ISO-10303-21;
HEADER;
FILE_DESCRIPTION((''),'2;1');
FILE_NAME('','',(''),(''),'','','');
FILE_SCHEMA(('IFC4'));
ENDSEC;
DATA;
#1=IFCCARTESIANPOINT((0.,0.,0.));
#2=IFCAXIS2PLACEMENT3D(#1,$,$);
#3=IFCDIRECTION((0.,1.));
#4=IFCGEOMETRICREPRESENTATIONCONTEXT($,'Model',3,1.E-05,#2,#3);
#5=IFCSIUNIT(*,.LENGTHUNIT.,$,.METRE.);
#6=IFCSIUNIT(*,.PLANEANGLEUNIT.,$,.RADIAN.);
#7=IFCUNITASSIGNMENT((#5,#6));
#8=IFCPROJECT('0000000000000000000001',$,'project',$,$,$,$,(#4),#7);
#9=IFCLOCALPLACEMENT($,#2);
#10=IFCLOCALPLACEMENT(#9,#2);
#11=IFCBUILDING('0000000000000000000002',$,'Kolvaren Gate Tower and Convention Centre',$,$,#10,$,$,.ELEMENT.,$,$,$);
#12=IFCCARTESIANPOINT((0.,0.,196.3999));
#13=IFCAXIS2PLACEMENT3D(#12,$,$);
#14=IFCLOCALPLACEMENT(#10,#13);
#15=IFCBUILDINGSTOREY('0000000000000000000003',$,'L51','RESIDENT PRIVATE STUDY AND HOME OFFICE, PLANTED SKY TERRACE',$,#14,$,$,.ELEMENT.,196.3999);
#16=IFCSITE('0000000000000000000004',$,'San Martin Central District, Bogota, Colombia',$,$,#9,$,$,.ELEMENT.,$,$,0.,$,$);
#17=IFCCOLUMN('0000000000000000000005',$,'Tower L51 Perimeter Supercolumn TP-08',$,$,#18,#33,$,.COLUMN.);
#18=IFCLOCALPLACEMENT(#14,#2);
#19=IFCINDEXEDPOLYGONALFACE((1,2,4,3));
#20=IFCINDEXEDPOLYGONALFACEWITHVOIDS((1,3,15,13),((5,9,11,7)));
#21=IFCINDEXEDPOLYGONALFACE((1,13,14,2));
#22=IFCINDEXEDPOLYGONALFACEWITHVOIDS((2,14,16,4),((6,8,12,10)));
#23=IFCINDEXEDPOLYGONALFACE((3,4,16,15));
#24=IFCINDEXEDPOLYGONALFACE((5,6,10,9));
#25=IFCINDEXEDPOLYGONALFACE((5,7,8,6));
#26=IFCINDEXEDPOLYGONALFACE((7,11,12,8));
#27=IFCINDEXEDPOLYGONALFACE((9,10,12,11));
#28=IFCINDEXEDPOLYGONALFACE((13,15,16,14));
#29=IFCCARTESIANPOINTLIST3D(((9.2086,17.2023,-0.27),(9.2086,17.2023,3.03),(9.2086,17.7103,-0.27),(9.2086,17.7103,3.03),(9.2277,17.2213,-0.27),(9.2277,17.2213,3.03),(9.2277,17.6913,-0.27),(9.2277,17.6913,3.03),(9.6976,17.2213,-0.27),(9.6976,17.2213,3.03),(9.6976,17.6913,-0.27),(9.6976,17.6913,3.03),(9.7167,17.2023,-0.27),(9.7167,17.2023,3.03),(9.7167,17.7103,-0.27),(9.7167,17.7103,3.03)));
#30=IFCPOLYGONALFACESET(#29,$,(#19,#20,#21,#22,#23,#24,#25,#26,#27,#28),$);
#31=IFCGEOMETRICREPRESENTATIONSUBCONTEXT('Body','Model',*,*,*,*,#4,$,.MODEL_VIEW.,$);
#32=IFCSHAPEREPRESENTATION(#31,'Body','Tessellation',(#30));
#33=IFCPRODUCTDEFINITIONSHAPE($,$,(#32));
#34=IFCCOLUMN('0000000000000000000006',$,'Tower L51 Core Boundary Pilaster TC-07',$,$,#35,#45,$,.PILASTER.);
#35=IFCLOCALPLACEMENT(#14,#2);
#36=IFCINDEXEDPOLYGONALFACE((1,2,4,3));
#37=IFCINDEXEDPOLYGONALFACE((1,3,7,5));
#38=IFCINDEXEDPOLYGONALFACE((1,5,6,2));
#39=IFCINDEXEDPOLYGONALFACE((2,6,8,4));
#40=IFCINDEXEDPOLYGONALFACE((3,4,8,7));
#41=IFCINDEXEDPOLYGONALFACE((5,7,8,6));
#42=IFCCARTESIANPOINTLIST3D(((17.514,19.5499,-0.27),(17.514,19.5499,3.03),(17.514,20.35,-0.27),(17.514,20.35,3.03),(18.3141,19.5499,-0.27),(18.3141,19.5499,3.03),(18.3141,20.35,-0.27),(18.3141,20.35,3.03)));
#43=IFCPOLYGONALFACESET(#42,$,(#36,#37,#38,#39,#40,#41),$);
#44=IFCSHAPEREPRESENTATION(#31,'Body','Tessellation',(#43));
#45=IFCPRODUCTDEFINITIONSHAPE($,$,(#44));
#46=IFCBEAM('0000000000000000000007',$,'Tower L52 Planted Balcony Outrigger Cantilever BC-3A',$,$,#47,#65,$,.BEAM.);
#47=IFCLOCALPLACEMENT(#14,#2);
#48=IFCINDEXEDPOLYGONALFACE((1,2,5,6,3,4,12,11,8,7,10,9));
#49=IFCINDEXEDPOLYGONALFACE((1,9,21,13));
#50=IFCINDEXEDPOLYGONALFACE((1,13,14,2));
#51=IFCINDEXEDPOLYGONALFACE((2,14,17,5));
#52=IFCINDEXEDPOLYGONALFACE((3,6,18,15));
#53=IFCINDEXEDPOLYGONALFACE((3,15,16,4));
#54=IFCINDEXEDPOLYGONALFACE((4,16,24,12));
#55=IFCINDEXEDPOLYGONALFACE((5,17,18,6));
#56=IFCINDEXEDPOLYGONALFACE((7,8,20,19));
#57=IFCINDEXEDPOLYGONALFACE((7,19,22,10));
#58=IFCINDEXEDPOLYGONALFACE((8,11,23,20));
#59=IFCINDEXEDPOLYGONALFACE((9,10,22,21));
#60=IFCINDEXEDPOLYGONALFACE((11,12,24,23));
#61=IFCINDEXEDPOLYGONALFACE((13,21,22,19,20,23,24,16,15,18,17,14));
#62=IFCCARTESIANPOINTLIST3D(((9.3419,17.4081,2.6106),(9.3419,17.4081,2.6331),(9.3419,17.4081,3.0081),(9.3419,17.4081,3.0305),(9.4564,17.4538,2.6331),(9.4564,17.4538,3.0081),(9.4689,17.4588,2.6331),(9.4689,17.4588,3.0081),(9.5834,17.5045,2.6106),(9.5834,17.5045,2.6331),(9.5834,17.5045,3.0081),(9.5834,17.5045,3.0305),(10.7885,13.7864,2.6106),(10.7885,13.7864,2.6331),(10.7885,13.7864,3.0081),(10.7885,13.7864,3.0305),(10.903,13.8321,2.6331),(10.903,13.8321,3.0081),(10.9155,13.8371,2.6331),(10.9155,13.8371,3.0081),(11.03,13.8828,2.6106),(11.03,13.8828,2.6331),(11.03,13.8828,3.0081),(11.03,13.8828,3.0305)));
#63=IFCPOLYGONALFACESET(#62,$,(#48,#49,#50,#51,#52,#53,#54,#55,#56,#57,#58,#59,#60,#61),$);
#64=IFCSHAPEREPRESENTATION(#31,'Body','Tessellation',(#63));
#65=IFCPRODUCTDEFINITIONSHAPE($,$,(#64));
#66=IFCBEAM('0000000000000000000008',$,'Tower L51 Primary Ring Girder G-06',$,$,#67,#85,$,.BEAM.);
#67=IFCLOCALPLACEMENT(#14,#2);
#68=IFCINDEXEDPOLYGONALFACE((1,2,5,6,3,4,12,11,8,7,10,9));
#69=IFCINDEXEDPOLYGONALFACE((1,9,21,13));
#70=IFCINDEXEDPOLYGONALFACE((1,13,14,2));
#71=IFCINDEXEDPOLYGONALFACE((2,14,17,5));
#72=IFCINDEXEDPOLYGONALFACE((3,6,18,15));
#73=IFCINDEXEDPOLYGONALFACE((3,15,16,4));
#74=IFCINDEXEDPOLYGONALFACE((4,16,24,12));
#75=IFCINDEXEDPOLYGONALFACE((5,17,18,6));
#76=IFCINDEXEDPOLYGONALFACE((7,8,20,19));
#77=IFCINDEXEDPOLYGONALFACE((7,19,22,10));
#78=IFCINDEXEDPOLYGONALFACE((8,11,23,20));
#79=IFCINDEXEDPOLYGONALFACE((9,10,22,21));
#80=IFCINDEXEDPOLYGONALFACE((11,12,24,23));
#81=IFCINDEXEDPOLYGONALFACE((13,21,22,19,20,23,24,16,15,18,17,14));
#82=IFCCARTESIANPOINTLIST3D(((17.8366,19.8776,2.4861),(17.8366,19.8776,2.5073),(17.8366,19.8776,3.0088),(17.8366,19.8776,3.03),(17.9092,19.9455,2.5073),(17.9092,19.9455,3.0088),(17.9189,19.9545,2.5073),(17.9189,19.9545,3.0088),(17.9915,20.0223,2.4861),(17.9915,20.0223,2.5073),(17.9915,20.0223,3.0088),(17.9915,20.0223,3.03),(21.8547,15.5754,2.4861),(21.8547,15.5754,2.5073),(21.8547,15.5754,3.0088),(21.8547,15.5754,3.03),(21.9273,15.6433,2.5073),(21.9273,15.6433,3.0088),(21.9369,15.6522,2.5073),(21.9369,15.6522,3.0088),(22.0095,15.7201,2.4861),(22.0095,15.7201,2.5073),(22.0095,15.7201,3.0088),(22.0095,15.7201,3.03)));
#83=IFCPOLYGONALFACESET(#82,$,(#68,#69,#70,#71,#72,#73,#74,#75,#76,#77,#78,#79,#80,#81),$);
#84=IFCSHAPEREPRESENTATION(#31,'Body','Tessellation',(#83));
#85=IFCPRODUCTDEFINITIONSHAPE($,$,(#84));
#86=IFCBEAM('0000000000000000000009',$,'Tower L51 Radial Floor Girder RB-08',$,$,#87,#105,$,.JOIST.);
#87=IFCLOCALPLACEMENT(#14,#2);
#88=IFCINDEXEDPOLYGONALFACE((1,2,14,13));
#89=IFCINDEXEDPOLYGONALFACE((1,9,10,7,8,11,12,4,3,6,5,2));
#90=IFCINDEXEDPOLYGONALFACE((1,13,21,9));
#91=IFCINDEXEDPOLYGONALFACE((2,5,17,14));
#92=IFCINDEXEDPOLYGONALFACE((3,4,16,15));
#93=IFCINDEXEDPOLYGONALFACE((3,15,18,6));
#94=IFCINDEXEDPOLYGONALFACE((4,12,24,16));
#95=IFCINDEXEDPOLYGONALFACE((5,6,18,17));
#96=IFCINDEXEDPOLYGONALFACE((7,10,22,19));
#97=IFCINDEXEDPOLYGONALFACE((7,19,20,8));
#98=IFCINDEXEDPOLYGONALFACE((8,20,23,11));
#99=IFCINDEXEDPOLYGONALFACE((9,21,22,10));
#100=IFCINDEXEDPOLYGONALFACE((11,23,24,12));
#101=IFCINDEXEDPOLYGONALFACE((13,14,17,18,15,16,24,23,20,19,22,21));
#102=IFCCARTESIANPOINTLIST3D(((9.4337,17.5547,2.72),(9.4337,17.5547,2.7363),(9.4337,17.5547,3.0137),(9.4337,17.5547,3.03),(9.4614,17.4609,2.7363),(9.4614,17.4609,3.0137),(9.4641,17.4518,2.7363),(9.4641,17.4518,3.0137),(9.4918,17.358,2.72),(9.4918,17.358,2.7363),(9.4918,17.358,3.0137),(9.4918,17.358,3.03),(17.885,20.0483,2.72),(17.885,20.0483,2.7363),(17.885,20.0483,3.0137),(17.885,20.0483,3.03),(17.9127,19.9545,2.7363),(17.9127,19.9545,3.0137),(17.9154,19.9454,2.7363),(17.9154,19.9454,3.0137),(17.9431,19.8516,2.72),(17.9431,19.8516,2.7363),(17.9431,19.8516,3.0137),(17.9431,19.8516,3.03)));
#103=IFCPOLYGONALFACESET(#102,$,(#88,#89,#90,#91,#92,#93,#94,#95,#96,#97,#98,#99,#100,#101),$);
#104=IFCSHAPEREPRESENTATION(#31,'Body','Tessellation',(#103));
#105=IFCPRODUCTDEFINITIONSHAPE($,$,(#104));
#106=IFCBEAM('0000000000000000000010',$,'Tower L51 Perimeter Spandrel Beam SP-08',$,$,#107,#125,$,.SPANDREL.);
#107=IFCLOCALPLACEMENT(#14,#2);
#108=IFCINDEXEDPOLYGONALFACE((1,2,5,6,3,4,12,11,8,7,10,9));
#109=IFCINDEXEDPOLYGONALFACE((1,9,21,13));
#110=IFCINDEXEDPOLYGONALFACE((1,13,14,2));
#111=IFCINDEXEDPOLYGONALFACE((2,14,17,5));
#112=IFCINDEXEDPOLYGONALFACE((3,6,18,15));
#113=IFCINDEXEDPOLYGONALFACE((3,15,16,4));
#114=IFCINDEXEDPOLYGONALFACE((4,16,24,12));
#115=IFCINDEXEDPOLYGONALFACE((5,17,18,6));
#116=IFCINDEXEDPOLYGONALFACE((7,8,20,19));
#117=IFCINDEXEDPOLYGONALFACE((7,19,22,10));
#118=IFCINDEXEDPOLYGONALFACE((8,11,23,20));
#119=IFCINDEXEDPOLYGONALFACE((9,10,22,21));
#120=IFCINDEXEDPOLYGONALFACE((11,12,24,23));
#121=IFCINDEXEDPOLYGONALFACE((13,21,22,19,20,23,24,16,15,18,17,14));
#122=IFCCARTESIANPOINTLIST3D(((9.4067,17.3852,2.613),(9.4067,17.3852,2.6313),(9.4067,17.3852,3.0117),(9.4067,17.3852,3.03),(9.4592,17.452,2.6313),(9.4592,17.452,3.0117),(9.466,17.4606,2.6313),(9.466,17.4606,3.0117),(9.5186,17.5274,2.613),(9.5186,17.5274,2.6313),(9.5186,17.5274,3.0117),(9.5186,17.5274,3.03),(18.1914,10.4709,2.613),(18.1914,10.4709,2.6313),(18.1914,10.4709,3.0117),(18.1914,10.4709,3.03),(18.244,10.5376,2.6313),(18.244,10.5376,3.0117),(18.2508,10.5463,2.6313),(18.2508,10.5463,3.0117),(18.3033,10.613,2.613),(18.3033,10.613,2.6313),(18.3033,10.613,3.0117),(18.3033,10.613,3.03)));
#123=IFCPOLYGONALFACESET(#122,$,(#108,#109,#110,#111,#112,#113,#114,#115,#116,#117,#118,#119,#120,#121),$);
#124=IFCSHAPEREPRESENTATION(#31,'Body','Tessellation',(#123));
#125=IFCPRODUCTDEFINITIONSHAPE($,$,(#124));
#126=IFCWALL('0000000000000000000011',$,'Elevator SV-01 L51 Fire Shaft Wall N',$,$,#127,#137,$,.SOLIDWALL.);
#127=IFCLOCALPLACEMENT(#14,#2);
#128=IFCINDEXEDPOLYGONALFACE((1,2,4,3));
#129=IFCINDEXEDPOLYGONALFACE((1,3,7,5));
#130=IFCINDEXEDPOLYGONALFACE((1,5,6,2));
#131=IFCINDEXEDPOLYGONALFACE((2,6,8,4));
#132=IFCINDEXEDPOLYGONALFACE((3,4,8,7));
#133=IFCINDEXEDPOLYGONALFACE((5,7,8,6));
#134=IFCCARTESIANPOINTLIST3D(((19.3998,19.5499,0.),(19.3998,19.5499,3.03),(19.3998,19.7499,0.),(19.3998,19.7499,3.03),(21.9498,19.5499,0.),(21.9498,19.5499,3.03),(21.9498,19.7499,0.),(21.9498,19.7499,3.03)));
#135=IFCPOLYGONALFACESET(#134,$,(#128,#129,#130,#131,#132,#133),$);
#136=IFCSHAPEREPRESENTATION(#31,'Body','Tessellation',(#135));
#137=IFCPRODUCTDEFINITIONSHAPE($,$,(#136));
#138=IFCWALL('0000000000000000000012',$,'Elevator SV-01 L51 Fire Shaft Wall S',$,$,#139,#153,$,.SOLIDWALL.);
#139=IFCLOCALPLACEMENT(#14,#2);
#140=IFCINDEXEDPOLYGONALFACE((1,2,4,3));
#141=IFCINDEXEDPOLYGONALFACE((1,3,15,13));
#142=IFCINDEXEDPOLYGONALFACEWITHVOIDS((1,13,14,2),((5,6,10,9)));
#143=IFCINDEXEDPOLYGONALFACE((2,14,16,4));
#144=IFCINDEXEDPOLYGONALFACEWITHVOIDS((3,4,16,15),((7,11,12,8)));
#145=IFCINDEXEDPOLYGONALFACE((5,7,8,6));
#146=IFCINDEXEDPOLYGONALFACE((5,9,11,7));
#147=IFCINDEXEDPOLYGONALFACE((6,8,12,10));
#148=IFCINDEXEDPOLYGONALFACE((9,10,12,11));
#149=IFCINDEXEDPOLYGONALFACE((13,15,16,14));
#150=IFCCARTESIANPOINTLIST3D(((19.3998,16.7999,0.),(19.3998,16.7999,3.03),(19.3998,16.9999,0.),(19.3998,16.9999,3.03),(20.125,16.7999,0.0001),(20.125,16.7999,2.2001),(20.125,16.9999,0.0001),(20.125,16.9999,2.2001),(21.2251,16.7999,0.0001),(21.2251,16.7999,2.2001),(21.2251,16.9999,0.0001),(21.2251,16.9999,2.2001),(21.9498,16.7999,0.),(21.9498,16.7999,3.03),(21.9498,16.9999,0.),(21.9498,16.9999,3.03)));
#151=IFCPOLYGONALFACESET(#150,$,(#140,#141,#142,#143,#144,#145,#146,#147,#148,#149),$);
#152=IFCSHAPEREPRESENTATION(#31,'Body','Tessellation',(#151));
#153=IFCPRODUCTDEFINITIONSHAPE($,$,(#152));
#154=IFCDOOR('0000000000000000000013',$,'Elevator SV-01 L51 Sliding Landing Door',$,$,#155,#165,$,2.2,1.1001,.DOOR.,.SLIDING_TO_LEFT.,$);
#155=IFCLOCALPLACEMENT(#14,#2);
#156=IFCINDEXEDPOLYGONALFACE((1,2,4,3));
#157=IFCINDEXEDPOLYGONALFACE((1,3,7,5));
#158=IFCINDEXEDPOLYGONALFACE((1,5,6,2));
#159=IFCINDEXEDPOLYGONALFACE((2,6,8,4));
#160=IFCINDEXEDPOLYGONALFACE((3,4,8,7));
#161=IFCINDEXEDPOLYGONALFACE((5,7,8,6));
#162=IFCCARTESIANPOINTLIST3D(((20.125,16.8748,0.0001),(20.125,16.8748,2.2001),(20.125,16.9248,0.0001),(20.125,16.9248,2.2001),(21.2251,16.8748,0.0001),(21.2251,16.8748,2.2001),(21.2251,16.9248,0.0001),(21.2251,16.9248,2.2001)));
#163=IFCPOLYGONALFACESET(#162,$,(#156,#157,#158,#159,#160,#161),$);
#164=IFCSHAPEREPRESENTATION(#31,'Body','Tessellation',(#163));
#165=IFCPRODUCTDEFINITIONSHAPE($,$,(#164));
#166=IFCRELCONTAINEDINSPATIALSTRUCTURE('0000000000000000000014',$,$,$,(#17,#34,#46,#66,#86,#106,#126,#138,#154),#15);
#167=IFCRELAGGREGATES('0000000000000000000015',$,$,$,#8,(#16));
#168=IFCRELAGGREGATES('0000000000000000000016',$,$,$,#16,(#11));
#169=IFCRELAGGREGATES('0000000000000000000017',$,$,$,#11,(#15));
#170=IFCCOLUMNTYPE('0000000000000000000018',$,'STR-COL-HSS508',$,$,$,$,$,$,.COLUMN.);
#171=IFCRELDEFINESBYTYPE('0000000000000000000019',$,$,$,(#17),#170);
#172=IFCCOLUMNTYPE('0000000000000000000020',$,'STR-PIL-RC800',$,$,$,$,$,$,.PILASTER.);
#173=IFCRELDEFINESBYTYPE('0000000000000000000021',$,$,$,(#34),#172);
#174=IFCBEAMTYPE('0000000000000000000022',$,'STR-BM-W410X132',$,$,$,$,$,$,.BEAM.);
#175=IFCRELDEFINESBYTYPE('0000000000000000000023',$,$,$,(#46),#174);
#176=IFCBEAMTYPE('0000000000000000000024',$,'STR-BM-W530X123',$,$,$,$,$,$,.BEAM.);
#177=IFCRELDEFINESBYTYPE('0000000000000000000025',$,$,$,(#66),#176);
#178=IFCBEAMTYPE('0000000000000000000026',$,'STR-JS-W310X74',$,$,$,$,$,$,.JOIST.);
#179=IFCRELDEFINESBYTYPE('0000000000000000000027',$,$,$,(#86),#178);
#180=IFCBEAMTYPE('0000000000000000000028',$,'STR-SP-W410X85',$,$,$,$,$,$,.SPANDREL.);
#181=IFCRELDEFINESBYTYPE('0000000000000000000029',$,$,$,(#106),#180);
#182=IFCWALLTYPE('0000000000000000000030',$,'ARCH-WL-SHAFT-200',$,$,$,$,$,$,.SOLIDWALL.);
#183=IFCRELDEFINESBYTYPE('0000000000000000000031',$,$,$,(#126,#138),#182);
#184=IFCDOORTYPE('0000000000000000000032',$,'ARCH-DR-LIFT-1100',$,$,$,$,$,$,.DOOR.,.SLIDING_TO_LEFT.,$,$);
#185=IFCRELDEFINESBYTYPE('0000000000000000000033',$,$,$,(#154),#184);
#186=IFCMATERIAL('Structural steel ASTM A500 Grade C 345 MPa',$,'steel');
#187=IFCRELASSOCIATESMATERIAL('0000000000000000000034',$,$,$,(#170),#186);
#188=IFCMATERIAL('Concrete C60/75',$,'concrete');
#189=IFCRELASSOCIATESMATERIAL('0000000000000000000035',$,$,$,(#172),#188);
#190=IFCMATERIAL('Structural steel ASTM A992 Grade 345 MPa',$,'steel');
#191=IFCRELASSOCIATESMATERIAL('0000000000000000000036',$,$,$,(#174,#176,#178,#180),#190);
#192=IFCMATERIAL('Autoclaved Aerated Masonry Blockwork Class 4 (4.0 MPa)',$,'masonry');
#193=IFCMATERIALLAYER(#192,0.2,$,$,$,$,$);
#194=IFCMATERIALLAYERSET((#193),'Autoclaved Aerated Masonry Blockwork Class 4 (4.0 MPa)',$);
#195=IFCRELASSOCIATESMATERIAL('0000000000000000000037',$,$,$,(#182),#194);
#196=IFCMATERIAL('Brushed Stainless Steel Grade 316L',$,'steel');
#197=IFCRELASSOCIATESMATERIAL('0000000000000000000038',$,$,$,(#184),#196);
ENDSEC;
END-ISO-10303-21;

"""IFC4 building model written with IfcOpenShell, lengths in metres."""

from ifc_helpers import new_model, si_unit, direction, frame, frame_2d, origin, origin_2d, place, context, subcontext, project, spatial, rectangle, hollow_rectangle, i_section, extrude, material, layer, layer_set, material_profile, profile_set, type_object, element, fill, save


model = new_model("IFC4")

# Units and contexts
model_context = context("Model", 3, precision=1e-05, world=origin(), true_north=direction((0.0, 1.0)))
body_context = subcontext(model_context, "Body", "Model", "MODEL_VIEW")
ifc_project = project(units=[si_unit("LENGTHUNIT", "METRE"), si_unit("PLANEANGLEUNIT", "RADIAN")], contexts=[model_context])

# Site, building, storey
site_placement = place(None, origin())
site = spatial("IfcSite", under=ifc_project, at=site_placement, Name="San Martin Central District, Bogota, Colombia", CompositionType="ELEMENT", RefElevation=0.0)
building_placement = place(site_placement, origin())
building = spatial("IfcBuilding", under=site, at=building_placement, Name="Kolvaren Gate Tower and Convention Centre", CompositionType="ELEMENT")
storey_placement = place(building_placement, frame((0.0, 0.0, 196.3999)))
storey = spatial("IfcBuildingStorey", under=building, at=storey_placement, Name="L51", Description="RESIDENT PRIVATE STUDY AND HOME OFFICE, PLANTED SKY TERRACE", CompositionType="ELEMENT", Elevation=196.3999)

# Columns
ifc_material_1 = material(Name="Structural steel ASTM A500 Grade C 345 MPa", Category="steel")
ifc_material_profile_1 = material_profile(ifc_material_1, hollow_rectangle(XDim=0.5081, YDim=0.5081, WallThickness=0.019, at=origin_2d()), Name="HSS508X508X19.1")
ifc_profile_set_1 = profile_set([ifc_material_profile_1], Name="Structural steel ASTM A500 Grade C 345 MPa")
column_type_1 = type_object("IfcColumnType", Name="STR-COL-HSS508", PredefinedType="COLUMN", material=ifc_profile_set_1)
column_1_placement = place(storey_placement, frame((9.4626, 17.4563, -0.27), z_axis=(0.0, 0.0, 1.0), x_axis=(1.0, 0.0, 0.0)))
element("IfcColumn", 1, at=column_1_placement, inside=storey, type_object=column_type_1, Name="Tower L51 Perimeter Supercolumn TP-08", PredefinedType="COLUMN", context=body_context, shape_type="SweptSolid", body=[
    extrude(hollow_rectangle(XDim=0.5081, YDim=0.5081, WallThickness=0.019, at=origin_2d()), origin(), (0.0, 0.0, 1.0), 3.3),
])
ifc_material_2 = material(Name="Concrete C60/75", Category="concrete")
ifc_material_profile_2 = material_profile(ifc_material_2, rectangle(XDim=0.8, YDim=0.8, at=origin_2d()), Name="RC-COL-800X800")
ifc_profile_set_2 = profile_set([ifc_material_profile_2], Name="Concrete C60/75")
column_type_2 = type_object("IfcColumnType", Name="STR-PIL-RC800", PredefinedType="PILASTER", material=ifc_profile_set_2)
column_2_placement = place(storey_placement, frame((17.9141, 19.95, -0.27), z_axis=(0.0, 0.0, 1.0), x_axis=(1.0, 0.0, 0.0)))
element("IfcColumn", 2, at=column_2_placement, inside=storey, type_object=column_type_2, Name="Tower L51 Core Boundary Pilaster TC-07", PredefinedType="PILASTER", context=body_context, shape_type="SweptSolid", body=[
    extrude(rectangle(XDim=0.8, YDim=0.8, at=origin_2d()), origin(), (0.0, 0.0, 1.0), 3.3),
])

# Beams
ifc_material_3 = material(Name="Structural steel ASTM A992 Grade 345 MPa", Category="steel")
ifc_material_profile_3 = material_profile(ifc_material_3, i_section(OverallWidth=0.26, OverallDepth=0.4199, WebThickness=0.0134, FlangeThickness=0.0225, at=origin_2d()), Name="W410X132")
ifc_profile_set_3 = profile_set([ifc_material_profile_3], Name="Structural steel ASTM A992 Grade 345 MPa")
beam_type_1 = type_object("IfcBeamType", Name="STR-BM-W410X132", PredefinedType="BEAM", material=ifc_profile_set_3)
beam_1_placement = place(storey_placement, frame((9.4626, 17.4563, 2.8206), z_axis=(0.370926, -0.928662, 0.0), x_axis=(0.928662, 0.370926, 0.0)))
element("IfcBeam", 3, at=beam_1_placement, inside=storey, type_object=beam_type_1, Name="Tower L52 Planted Balcony Outrigger Cantilever BC-3A", PredefinedType="BEAM", context=body_context, shape_type="SweptSolid", body=[
    extrude(i_section(OverallWidth=0.26, OverallDepth=0.4199, WebThickness=0.0134, FlangeThickness=0.0225, at=origin_2d()), origin(), (0.0, 0.0, 1.0), 3.8999),
])
ifc_material_profile_4 = material_profile(ifc_material_3, i_section(OverallWidth=0.2119, OverallDepth=0.5439, WebThickness=0.0132, FlangeThickness=0.0212, at=origin_2d()), Name="W530X123")
ifc_profile_set_4 = profile_set([ifc_material_profile_4], Name="Structural steel ASTM A992 Grade 345 MPa")
beam_type_2 = type_object("IfcBeamType", Name="STR-BM-W530X123", PredefinedType="BEAM", material=ifc_profile_set_4)
beam_2_placement = place(storey_placement, frame((17.9141, 19.95, 2.7581), z_axis=(0.682558, -0.730832, 0.0), x_axis=(0.730832, 0.682558, 0.0)))
element("IfcBeam", 4, at=beam_2_placement, inside=storey, type_object=beam_type_2, Name="Tower L51 Primary Ring Girder G-06", PredefinedType="BEAM", context=body_context, shape_type="SweptSolid", body=[
    extrude(i_section(OverallWidth=0.2119, OverallDepth=0.5439, WebThickness=0.0132, FlangeThickness=0.0212, at=origin_2d()), origin(), (0.0, 0.0, 1.0), 5.8867),
])
ifc_material_profile_5 = material_profile(ifc_material_3, i_section(OverallWidth=0.2051, OverallDepth=0.3101, WebThickness=0.0095, FlangeThickness=0.0164, at=origin_2d()), Name="W310X74")
ifc_profile_set_5 = profile_set([ifc_material_profile_5], Name="Structural steel ASTM A992 Grade 345 MPa")
beam_type_3 = type_object("IfcBeamType", Name="STR-JS-W310X74", PredefinedType="JOIST", material=ifc_profile_set_5)
beam_3_placement = place(storey_placement, frame((17.9141, 19.95, 2.875), z_axis=(-0.959121, -0.282996, 0.0), x_axis=(0.282996, -0.959121, 0.0)))
element("IfcBeam", 5, at=beam_3_placement, inside=storey, type_object=beam_type_3, Name="Tower L51 Radial Floor Girder RB-08", PredefinedType="JOIST", context=body_context, shape_type="SweptSolid", body=[
    extrude(i_section(OverallWidth=0.2051, OverallDepth=0.3101, WebThickness=0.0095, FlangeThickness=0.0164, at=origin_2d()), origin(), (0.0, 0.0, 1.0), 8.8115),
])
ifc_material_profile_6 = material_profile(ifc_material_3, i_section(OverallWidth=0.1809, OverallDepth=0.417, WebThickness=0.011, FlangeThickness=0.0183, at=origin_2d()), Name="W410X85")
ifc_profile_set_6 = profile_set([ifc_material_profile_6], Name="Structural steel ASTM A992 Grade 345 MPa")
beam_type_4 = type_object("IfcBeamType", Name="STR-SP-W410X85", PredefinedType="SPANDREL", material=ifc_profile_set_6)
beam_4_placement = place(storey_placement, frame((9.4626, 17.4563, 2.8215), z_axis=(0.785794, -0.618489, 0.0), x_axis=(0.618489, 0.785794, 0.0)))
element("IfcBeam", 6, at=beam_4_placement, inside=storey, type_object=beam_type_4, Name="Tower L51 Perimeter Spandrel Beam SP-08", PredefinedType="SPANDREL", context=body_context, shape_type="SweptSolid", body=[
    extrude(i_section(OverallWidth=0.1809, OverallDepth=0.417, WebThickness=0.011, FlangeThickness=0.0183, at=origin_2d()), origin(), (0.0, 0.0, 1.0), 11.1794),
])

# Wall
ifc_material_4 = material(Name="Autoclaved Aerated Masonry Blockwork Class 4 (4.0 MPa)", Category="masonry")
ifc_layer_1 = layer(ifc_material_4, 0.2)
ifc_layer_set_1 = layer_set([ifc_layer_1], Name="Autoclaved Aerated Masonry Blockwork Class 4 (4.0 MPa)")
wall_type_1 = type_object("IfcWallType", Name="ARCH-WL-SHAFT-200", PredefinedType="SOLIDWALL", material=ifc_layer_set_1)
wall_1_placement = place(storey_placement, frame((19.3999, 19.6499, 0.0), z_axis=(0.0, 0.0, 1.0), x_axis=(1.0, 0.0, 0.0)))
element("IfcWall", 7, at=wall_1_placement, inside=storey, type_object=wall_type_1, Name="Elevator SV-01 L51 Fire Shaft Wall N", PredefinedType="SOLIDWALL", context=body_context, shape_type="SweptSolid", body=[
    extrude(rectangle(XDim=2.55, YDim=0.2, at=frame_2d((1.2749, 0.0))), origin(), (0.0, 0.0, 1.0), 3.03),
])

# Wall, opening, door
wall_2_placement = place(storey_placement, frame((19.3999, 16.8999, 0.0), z_axis=(0.0, 0.0, 1.0), x_axis=(1.0, 0.0, 0.0)))
wall_2 = element("IfcWall", 8, at=wall_2_placement, inside=storey, type_object=wall_type_1, Name="Elevator SV-01 L51 Fire Shaft Wall S", PredefinedType="SOLIDWALL", context=body_context, shape_type="SweptSolid", body=[
    extrude(rectangle(XDim=2.55, YDim=0.2, at=frame_2d((1.2749, 0.0))), origin(), (0.0, 0.0, 1.0), 3.03),
])
opening_1_placement = place(wall_2_placement, frame((0.7251, 0.0, 0.0)))
opening_1 = element("IfcOpeningElement", 9, at=opening_1_placement, cuts=wall_2, PredefinedType="OPENING", context=body_context, shape_type="SweptSolid", body=[
    extrude(rectangle(XDim=1.1001, YDim=2.2, at=frame_2d((0.55, 1.1001))), frame((0.0, 0.1099, 0.0), z_axis=(0.0, -1.0, 0.0), x_axis=(1.0, 0.0, 0.0)), (0.0, 0.0, 1.0), 0.22),
])
ifc_material_5 = material(Name="Brushed Stainless Steel Grade 316L", Category="steel")
door_type = type_object("IfcDoorType", Name="ARCH-DR-LIFT-1100", OperationType="SLIDING_TO_LEFT", PredefinedType="DOOR", material=ifc_material_5)
door_placement = place(opening_1_placement, origin())
door = element("IfcDoor", 10, at=door_placement, inside=storey, type_object=door_type, Name="Elevator SV-01 L51 Sliding Landing Door", OperationType="SLIDING_TO_LEFT", OverallHeight=2.2, OverallWidth=1.1001, PredefinedType="DOOR", context=body_context, shape_type="SweptSolid", body=[
    extrude(rectangle(XDim=1.1001, YDim=2.2, at=frame_2d((0.55, 1.1001))), frame((0.0, 0.0249, 0.0), z_axis=(0.0, -1.0, 0.0), x_axis=(1.0, 0.0, 0.0)), (0.0, 0.0, 1.0), 0.05),
])
fill(opening_1, door)

save(model, "model.ifc")
